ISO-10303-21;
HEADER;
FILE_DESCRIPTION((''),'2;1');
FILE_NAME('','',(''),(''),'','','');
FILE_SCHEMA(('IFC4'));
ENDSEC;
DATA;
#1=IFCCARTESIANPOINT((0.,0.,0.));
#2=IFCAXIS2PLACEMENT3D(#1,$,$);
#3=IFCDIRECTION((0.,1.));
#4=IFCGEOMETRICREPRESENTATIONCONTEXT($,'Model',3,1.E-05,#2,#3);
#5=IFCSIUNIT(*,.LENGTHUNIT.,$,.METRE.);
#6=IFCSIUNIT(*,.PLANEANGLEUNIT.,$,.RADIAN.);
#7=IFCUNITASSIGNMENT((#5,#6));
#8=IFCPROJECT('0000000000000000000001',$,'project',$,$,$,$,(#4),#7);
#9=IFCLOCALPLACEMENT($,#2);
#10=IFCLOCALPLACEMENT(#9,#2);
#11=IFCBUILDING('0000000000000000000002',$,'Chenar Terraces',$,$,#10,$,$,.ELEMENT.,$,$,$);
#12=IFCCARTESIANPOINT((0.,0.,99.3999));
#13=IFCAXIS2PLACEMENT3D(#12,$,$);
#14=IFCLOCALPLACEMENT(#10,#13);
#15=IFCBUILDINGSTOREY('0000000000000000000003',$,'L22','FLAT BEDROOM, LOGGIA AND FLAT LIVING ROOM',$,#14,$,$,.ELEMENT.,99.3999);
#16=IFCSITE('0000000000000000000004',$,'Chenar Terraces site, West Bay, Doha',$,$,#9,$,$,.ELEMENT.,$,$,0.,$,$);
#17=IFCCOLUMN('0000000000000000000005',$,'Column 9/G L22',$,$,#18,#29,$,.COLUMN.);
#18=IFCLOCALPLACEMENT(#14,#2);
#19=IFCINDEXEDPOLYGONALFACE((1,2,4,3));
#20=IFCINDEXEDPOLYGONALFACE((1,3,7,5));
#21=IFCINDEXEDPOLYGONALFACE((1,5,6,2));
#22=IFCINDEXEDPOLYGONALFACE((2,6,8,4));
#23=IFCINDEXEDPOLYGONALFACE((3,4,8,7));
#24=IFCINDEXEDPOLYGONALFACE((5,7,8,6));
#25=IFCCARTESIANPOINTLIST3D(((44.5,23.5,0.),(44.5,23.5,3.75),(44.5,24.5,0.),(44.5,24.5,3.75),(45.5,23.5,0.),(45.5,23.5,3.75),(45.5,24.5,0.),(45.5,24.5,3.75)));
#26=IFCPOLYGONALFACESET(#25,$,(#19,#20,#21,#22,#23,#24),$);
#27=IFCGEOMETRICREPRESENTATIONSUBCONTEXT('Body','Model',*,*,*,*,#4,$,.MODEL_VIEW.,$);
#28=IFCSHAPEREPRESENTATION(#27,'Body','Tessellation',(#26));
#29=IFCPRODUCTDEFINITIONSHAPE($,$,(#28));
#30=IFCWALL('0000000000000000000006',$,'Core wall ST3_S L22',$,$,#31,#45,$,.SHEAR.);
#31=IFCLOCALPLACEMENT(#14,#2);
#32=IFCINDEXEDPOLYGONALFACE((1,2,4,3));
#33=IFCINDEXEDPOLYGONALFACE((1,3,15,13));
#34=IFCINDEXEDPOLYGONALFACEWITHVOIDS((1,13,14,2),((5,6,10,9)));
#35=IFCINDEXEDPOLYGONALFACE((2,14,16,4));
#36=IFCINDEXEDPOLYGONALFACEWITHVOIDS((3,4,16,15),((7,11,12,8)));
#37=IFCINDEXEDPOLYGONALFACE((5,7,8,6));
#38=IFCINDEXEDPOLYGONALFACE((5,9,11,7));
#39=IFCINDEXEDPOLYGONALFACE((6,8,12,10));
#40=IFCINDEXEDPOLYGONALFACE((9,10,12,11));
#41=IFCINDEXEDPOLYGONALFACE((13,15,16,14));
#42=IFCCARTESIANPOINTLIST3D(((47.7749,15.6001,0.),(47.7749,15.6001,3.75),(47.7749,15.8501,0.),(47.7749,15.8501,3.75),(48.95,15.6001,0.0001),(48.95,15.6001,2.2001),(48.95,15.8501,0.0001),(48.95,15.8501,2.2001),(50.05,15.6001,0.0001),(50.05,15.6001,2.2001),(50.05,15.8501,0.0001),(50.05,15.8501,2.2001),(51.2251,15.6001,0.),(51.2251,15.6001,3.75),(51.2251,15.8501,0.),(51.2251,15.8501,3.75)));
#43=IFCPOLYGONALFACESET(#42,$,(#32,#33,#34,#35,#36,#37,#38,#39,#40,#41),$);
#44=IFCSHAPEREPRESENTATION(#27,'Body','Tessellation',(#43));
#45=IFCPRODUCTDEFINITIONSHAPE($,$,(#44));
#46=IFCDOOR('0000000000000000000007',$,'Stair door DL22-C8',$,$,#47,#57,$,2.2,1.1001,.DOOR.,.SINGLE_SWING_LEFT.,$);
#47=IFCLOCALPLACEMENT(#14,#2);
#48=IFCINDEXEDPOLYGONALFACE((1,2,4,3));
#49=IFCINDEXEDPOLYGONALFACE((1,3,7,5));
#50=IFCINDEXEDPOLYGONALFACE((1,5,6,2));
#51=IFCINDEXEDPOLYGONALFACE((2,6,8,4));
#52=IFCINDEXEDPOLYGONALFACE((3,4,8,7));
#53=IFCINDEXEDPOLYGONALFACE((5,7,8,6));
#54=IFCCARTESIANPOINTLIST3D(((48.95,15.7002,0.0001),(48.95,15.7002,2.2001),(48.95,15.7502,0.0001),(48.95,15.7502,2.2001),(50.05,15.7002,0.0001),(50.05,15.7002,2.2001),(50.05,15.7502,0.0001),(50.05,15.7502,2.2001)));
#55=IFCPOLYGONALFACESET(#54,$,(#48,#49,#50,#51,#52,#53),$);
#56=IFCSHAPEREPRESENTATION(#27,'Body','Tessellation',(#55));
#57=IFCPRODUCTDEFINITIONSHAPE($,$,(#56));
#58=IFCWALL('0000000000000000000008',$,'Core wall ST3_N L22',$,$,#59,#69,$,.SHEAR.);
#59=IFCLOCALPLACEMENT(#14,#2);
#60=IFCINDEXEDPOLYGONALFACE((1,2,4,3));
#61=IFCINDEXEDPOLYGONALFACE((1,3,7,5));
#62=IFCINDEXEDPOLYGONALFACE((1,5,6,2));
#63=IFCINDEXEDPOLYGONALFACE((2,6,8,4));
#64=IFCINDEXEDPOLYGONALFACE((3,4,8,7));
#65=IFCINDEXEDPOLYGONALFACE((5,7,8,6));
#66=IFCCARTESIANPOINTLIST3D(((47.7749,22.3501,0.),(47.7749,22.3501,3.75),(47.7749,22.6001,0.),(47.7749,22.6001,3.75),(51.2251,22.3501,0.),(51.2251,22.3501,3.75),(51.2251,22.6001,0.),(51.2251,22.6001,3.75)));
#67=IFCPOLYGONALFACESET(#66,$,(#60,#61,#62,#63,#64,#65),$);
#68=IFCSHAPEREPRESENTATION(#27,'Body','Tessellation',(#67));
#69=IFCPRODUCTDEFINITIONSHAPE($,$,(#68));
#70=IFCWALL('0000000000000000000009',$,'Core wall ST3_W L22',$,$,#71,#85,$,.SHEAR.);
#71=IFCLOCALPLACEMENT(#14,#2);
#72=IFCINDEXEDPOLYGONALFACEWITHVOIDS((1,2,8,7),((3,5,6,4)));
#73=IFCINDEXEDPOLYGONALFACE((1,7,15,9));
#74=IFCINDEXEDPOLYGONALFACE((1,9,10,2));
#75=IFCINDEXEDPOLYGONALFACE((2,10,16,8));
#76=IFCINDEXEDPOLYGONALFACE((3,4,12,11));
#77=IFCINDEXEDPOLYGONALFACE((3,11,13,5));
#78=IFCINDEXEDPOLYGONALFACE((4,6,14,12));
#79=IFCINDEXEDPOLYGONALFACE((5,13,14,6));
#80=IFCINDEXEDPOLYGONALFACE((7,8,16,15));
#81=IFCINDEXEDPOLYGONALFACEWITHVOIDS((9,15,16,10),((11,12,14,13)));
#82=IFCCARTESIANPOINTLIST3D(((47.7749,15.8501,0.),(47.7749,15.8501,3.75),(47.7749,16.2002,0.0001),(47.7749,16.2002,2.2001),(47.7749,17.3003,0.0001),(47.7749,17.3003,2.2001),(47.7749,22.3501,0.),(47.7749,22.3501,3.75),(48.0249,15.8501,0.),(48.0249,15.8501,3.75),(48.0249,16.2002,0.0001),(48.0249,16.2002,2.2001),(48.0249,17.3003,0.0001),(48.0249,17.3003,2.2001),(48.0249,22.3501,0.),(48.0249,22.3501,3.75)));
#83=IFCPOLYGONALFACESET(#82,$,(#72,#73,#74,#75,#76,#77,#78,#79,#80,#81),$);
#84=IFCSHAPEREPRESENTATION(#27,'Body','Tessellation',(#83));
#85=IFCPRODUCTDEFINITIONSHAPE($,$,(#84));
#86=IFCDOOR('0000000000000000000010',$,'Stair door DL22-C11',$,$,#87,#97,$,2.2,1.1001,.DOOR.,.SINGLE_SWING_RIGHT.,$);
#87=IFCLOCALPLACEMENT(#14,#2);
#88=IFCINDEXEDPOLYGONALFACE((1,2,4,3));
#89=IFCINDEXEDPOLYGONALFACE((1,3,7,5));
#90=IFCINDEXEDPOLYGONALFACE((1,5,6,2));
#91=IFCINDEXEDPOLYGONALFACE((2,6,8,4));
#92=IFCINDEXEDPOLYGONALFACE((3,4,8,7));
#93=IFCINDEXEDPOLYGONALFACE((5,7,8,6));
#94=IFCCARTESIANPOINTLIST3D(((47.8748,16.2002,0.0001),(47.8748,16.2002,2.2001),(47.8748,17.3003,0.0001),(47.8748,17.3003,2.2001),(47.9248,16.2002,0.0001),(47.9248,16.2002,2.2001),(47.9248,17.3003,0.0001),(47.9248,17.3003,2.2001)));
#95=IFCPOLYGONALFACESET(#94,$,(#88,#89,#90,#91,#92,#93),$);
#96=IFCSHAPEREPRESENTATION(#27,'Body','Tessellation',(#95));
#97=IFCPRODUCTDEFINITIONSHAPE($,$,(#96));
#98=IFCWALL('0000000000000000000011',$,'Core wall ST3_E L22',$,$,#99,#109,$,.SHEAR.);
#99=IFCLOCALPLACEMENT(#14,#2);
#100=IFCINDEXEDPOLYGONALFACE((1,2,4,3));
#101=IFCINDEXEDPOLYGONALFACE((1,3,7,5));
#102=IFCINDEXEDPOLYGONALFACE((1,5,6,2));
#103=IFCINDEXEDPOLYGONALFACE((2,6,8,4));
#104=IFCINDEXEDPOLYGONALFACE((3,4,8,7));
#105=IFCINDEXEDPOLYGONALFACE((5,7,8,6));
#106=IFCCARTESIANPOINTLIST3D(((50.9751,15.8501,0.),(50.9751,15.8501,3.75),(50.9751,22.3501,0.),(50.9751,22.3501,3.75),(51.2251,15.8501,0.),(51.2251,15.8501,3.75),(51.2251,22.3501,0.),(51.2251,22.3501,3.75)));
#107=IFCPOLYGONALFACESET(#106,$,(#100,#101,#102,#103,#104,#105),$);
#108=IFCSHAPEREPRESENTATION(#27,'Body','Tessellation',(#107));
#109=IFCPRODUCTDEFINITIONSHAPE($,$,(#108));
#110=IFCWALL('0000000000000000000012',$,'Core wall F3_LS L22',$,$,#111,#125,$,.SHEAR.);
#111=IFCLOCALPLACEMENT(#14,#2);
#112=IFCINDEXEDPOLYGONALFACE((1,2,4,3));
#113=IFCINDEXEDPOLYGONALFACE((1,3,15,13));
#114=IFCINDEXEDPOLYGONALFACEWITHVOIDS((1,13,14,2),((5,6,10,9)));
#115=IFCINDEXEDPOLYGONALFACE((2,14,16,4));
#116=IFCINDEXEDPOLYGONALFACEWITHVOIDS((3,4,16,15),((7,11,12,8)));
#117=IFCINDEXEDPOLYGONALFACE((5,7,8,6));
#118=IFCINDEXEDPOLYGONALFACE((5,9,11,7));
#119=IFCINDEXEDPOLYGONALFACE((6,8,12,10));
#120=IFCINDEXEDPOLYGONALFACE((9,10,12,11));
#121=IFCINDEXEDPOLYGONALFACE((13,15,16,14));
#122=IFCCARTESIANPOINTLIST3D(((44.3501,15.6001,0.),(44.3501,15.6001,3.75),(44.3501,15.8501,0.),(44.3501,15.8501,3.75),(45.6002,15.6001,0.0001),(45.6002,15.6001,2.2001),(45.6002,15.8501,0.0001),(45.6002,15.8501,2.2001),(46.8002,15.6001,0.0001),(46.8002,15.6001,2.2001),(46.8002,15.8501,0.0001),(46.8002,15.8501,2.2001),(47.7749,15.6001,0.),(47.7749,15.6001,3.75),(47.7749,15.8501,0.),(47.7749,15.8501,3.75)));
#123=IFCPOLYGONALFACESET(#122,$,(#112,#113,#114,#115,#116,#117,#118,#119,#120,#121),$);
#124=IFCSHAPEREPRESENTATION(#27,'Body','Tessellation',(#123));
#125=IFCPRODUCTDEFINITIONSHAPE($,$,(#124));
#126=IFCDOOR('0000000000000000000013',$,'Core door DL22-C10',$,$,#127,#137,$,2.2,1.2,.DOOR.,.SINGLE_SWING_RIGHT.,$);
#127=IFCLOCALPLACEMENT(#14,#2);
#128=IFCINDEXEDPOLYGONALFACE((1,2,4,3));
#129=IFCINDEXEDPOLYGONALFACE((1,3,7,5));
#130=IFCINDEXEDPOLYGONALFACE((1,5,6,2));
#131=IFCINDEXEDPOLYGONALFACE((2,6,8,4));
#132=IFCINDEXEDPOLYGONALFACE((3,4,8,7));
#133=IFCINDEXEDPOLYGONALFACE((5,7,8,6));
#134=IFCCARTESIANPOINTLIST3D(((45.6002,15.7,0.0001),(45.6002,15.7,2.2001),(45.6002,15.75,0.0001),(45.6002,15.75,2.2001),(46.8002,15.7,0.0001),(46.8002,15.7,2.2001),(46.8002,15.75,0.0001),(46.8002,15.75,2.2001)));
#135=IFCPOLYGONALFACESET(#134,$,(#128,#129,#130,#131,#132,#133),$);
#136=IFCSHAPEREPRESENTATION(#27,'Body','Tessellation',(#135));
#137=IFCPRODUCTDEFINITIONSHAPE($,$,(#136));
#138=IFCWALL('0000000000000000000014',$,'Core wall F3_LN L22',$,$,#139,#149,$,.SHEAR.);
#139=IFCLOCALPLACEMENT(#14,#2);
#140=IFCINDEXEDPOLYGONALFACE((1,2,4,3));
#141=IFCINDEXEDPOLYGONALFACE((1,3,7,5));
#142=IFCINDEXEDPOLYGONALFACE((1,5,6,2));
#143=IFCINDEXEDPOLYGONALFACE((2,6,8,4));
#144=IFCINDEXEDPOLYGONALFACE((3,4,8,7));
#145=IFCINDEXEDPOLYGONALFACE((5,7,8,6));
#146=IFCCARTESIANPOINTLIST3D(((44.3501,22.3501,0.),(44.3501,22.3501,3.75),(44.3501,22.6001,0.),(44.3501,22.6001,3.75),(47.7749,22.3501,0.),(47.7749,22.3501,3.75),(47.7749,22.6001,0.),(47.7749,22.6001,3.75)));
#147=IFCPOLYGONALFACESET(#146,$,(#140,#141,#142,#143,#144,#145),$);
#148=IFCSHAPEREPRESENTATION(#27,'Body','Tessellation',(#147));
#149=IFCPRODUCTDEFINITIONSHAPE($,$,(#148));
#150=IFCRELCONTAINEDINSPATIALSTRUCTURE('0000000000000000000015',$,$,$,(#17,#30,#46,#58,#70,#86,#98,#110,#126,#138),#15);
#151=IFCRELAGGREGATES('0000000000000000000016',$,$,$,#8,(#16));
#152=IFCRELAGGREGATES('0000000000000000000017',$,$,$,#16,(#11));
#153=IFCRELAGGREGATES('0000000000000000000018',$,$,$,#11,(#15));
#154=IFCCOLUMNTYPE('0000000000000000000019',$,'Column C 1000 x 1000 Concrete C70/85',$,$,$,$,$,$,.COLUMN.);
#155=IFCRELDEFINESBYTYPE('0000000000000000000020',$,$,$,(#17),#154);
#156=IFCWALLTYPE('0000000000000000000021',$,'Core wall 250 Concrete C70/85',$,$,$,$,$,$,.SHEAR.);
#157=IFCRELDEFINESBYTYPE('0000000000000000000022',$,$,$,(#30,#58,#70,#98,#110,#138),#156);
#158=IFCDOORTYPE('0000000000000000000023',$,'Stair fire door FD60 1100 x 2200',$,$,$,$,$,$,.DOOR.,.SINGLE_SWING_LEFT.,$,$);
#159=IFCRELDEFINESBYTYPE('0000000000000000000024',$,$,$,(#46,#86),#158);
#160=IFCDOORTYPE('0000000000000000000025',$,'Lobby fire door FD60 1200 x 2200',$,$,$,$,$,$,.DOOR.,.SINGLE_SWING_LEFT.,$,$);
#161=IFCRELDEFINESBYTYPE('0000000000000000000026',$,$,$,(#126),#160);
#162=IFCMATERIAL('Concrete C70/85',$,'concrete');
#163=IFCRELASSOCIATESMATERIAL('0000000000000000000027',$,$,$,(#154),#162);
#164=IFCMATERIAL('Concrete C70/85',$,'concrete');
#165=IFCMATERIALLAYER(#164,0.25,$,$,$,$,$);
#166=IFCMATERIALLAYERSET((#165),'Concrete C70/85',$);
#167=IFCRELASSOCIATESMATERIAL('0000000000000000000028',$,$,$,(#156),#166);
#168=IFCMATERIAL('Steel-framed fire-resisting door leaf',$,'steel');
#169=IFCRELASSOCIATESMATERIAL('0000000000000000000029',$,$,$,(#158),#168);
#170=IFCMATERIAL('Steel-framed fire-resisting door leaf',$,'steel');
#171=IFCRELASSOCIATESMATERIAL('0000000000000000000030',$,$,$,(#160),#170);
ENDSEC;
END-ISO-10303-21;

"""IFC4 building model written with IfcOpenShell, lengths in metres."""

from ifc_helpers import new_model, si_unit, direction, frame, frame_2d, origin, origin_2d, place, context, subcontext, project, spatial, rectangle, extrude, material, layer, layer_set, material_profile, profile_set, type_object, element, fill, save


model = new_model("IFC4")

# Units and contexts
model_context = context("Model", 3, precision=1e-05, world=origin(), true_north=direction((0.0, 1.0)))
body_context = subcontext(model_context, "Body", "Model", "MODEL_VIEW")
ifc_project = project(units=[si_unit("LENGTHUNIT", "METRE"), si_unit("PLANEANGLEUNIT", "RADIAN")], contexts=[model_context])

# Site, building, storey
site_placement = place(None, origin())
site = spatial("IfcSite", under=ifc_project, at=site_placement, Name="Chenar Terraces site, West Bay, Doha", CompositionType="ELEMENT", RefElevation=0.0)
building_placement = place(site_placement, origin())
building = spatial("IfcBuilding", under=site, at=building_placement, Name="Chenar Terraces", CompositionType="ELEMENT")
storey_placement = place(building_placement, frame((0.0, 0.0, 99.3999)))
storey = spatial("IfcBuildingStorey", under=building, at=storey_placement, Name="L22", Description="FLAT BEDROOM, LOGGIA AND FLAT LIVING ROOM", CompositionType="ELEMENT", Elevation=99.3999)

# Column
ifc_material_1 = material(Name="Concrete C70/85", Category="concrete")
ifc_material_profile_1 = material_profile(ifc_material_1, rectangle(XDim=1.0, YDim=1.0, at=origin_2d()), Name="C 1000 x 1000")
ifc_profile_set_1 = profile_set([ifc_material_profile_1], Name="Concrete C70/85")
column_type = type_object("IfcColumnType", Name="Column C 1000 x 1000 Concrete C70/85", PredefinedType="COLUMN", material=ifc_profile_set_1)
column_placement = place(storey_placement, frame((45.0, 24.0, 0.0), z_axis=(0.0, 0.0, 1.0), x_axis=(1.0, 0.0, 0.0)))
element("IfcColumn", 1, at=column_placement, inside=storey, type_object=column_type, Name="Column 9/G L22", PredefinedType="COLUMN", context=body_context, shape_type="SweptSolid", body=[
    extrude(rectangle(XDim=1.0, YDim=1.0, at=origin_2d()), origin(), (0.0, 0.0, 1.0), 3.75),
])

# Wall, opening, door
ifc_material_2 = material(Name="Concrete C70/85", Category="concrete")
ifc_layer_1 = layer(ifc_material_2, 0.25)
ifc_layer_set_1 = layer_set([ifc_layer_1], Name="Concrete C70/85")
wall_type_1 = type_object("IfcWallType", Name="Core wall 250 Concrete C70/85", PredefinedType="SHEAR", material=ifc_layer_set_1)
wall_1_placement = place(storey_placement, frame((47.7749, 15.7251, 0.0), z_axis=(0.0, 0.0, 1.0), x_axis=(1.0, 0.0, 0.0)))
wall_1 = element("IfcWall", 2, at=wall_1_placement, inside=storey, type_object=wall_type_1, Name="Core wall ST3_S L22", PredefinedType="SHEAR", context=body_context, shape_type="SweptSolid", body=[
    extrude(rectangle(XDim=3.4502, YDim=0.25, at=frame_2d((1.7251, 0.0))), origin(), (0.0, 0.0, 1.0), 3.75),
])
opening_1_placement = place(wall_1_placement, frame((1.175, 0.0, 0.0)))
opening_1 = element("IfcOpeningElement", 3, at=opening_1_placement, cuts=wall_1, PredefinedType="OPENING", context=body_context, shape_type="SweptSolid", body=[
    extrude(rectangle(XDim=1.1001, YDim=2.2, at=frame_2d((0.55, 1.1001))), frame((0.0, 0.135, 0.0), z_axis=(0.0, -1.0, 0.0), x_axis=(1.0, 0.0, 0.0)), (0.0, 0.0, 1.0), 0.27),
])
ifc_material_3 = material(Name="Steel-framed fire-resisting door leaf", Category="steel")
door_type_1 = type_object("IfcDoorType", Name="Stair fire door FD60 1100 x 2200", OperationType="SINGLE_SWING_LEFT", PredefinedType="DOOR", material=ifc_material_3)
door_1_placement = place(opening_1_placement, frame((1.1001, 0.0, 0.0), z_axis=(0.0, 0.0, 1.0), x_axis=(-1.0, 0.0, 0.0)))
door_1 = element("IfcDoor", 4, at=door_1_placement, inside=storey, type_object=door_type_1, Name="Stair door DL22-C8", OperationType="SINGLE_SWING_LEFT", OverallHeight=2.2, OverallWidth=1.1001, PredefinedType="DOOR", context=body_context, shape_type="SweptSolid", body=[
    extrude(rectangle(XDim=1.1001, YDim=2.2, at=frame_2d((0.55, 1.1001))), frame((0.0, 0.0249, 0.0), z_axis=(0.0, -1.0, 0.0), x_axis=(1.0, 0.0, 0.0)), (0.0, 0.0, 1.0), 0.05),
])
fill(opening_1, door_1)

# Wall
wall_2_placement = place(storey_placement, frame((47.7749, 22.4751, 0.0), z_axis=(0.0, 0.0, 1.0), x_axis=(1.0, 0.0, 0.0)))
element("IfcWall", 5, at=wall_2_placement, inside=storey, type_object=wall_type_1, Name="Core wall ST3_N L22", PredefinedType="SHEAR", context=body_context, shape_type="SweptSolid", body=[
    extrude(rectangle(XDim=3.4502, YDim=0.25, at=frame_2d((1.7251, 0.0))), origin(), (0.0, 0.0, 1.0), 3.75),
])

# Wall, opening, door
wall_3_placement = place(storey_placement, frame((47.8999, 15.8501, 0.0), z_axis=(0.0, 0.0, 1.0), x_axis=(0.0, 1.0, 0.0)))
wall_3 = element("IfcWall", 6, at=wall_3_placement, inside=storey, type_object=wall_type_1, Name="Core wall ST3_W L22", PredefinedType="SHEAR", context=body_context, shape_type="SweptSolid", body=[
    extrude(rectangle(XDim=6.5, YDim=0.25, at=frame_2d((3.25, 0.0))), origin(), (0.0, 0.0, 1.0), 3.75),
])
opening_2_placement = place(wall_3_placement, frame((0.3501, 0.0, 0.0)))
opening_2 = element("IfcOpeningElement", 7, at=opening_2_placement, cuts=wall_3, PredefinedType="OPENING", context=body_context, shape_type="SweptSolid", body=[
    extrude(rectangle(XDim=1.1001, YDim=2.2, at=frame_2d((0.55, 1.1001))), frame((0.0, 0.135, 0.0), z_axis=(0.0, -1.0, 0.0), x_axis=(1.0, 0.0, 0.0)), (0.0, 0.0, 1.0), 0.27),
])
door_2_placement = place(opening_2_placement, frame((1.1001, 0.0, 0.0), z_axis=(0.0, 0.0, 1.0), x_axis=(-1.0, 0.0, 0.0)))
door_2 = element("IfcDoor", 8, at=door_2_placement, inside=storey, type_object=door_type_1, Name="Stair door DL22-C11", OperationType="SINGLE_SWING_RIGHT", OverallHeight=2.2, OverallWidth=1.1001, PredefinedType="DOOR", context=body_context, shape_type="SweptSolid", body=[
    extrude(rectangle(XDim=1.1001, YDim=2.2, at=frame_2d((0.55, 1.1001))), frame((0.0, 0.0249, 0.0), z_axis=(0.0, -1.0, 0.0), x_axis=(1.0, 0.0, 0.0)), (0.0, 0.0, 1.0), 0.05),
])
fill(opening_2, door_2)

# Wall
wall_4_placement = place(storey_placement, frame((51.1001, 15.8501, 0.0), z_axis=(0.0, 0.0, 1.0), x_axis=(0.0, 1.0, 0.0)))
element("IfcWall", 9, at=wall_4_placement, inside=storey, type_object=wall_type_1, Name="Core wall ST3_E L22", PredefinedType="SHEAR", context=body_context, shape_type="SweptSolid", body=[
    extrude(rectangle(XDim=6.5, YDim=0.25, at=frame_2d((3.25, 0.0))), origin(), (0.0, 0.0, 1.0), 3.75),
])

# Wall, opening, door
wall_5_placement = place(storey_placement, frame((44.3501, 15.7251, 0.0), z_axis=(0.0, 0.0, 1.0), x_axis=(1.0, 0.0, 0.0)))
wall_5 = element("IfcWall", 10, at=wall_5_placement, inside=storey, type_object=wall_type_1, Name="Core wall F3_LS L22", PredefinedType="SHEAR", context=body_context, shape_type="SweptSolid", body=[
    extrude(rectangle(XDim=3.4248, YDim=0.25, at=frame_2d((1.7124, 0.0))), origin(), (0.0, 0.0, 1.0), 3.75),
])
opening_3_placement = place(wall_5_placement, frame((1.25, 0.0, 0.0)))
opening_3 = element("IfcOpeningElement", 11, at=opening_3_placement, cuts=wall_5, PredefinedType="OPENING", context=body_context, shape_type="SweptSolid", body=[
    extrude(rectangle(XDim=1.2, YDim=2.2, at=frame_2d((0.6001, 1.1001))), frame((0.0, 0.135, 0.0), z_axis=(0.0, -1.0, 0.0), x_axis=(1.0, 0.0, 0.0)), (0.0, 0.0, 1.0), 0.27),
])
ifc_material_4 = material(Name="Steel-framed fire-resisting door leaf", Category="steel")
door_type_2 = type_object("IfcDoorType", Name="Lobby fire door FD60 1200 x 2200", OperationType="SINGLE_SWING_LEFT", PredefinedType="DOOR", material=ifc_material_4)
door_3_placement = place(opening_3_placement, origin())
door_3 = element("IfcDoor", 12, at=door_3_placement, inside=storey, type_object=door_type_2, Name="Core door DL22-C10", OperationType="SINGLE_SWING_RIGHT", OverallHeight=2.2, OverallWidth=1.2, PredefinedType="DOOR", context=body_context, shape_type="SweptSolid", body=[
    extrude(rectangle(XDim=1.2, YDim=2.2, at=frame_2d((0.6001, 1.1001))), frame((0.0, 0.0249, 0.0), z_axis=(0.0, -1.0, 0.0), x_axis=(1.0, 0.0, 0.0)), (0.0, 0.0, 1.0), 0.05),
])
fill(opening_3, door_3)

# Wall
wall_6_placement = place(storey_placement, frame((44.3501, 22.4751, 0.0), z_axis=(0.0, 0.0, 1.0), x_axis=(1.0, 0.0, 0.0)))
element("IfcWall", 13, at=wall_6_placement, inside=storey, type_object=wall_type_1, Name="Core wall F3_LN L22", PredefinedType="SHEAR", context=body_context, shape_type="SweptSolid", body=[
    extrude(rectangle(XDim=3.4248, YDim=0.25, at=frame_2d((1.7124, 0.0))), origin(), (0.0, 0.0, 1.0), 3.75),
])

save(model, "model.ifc")
